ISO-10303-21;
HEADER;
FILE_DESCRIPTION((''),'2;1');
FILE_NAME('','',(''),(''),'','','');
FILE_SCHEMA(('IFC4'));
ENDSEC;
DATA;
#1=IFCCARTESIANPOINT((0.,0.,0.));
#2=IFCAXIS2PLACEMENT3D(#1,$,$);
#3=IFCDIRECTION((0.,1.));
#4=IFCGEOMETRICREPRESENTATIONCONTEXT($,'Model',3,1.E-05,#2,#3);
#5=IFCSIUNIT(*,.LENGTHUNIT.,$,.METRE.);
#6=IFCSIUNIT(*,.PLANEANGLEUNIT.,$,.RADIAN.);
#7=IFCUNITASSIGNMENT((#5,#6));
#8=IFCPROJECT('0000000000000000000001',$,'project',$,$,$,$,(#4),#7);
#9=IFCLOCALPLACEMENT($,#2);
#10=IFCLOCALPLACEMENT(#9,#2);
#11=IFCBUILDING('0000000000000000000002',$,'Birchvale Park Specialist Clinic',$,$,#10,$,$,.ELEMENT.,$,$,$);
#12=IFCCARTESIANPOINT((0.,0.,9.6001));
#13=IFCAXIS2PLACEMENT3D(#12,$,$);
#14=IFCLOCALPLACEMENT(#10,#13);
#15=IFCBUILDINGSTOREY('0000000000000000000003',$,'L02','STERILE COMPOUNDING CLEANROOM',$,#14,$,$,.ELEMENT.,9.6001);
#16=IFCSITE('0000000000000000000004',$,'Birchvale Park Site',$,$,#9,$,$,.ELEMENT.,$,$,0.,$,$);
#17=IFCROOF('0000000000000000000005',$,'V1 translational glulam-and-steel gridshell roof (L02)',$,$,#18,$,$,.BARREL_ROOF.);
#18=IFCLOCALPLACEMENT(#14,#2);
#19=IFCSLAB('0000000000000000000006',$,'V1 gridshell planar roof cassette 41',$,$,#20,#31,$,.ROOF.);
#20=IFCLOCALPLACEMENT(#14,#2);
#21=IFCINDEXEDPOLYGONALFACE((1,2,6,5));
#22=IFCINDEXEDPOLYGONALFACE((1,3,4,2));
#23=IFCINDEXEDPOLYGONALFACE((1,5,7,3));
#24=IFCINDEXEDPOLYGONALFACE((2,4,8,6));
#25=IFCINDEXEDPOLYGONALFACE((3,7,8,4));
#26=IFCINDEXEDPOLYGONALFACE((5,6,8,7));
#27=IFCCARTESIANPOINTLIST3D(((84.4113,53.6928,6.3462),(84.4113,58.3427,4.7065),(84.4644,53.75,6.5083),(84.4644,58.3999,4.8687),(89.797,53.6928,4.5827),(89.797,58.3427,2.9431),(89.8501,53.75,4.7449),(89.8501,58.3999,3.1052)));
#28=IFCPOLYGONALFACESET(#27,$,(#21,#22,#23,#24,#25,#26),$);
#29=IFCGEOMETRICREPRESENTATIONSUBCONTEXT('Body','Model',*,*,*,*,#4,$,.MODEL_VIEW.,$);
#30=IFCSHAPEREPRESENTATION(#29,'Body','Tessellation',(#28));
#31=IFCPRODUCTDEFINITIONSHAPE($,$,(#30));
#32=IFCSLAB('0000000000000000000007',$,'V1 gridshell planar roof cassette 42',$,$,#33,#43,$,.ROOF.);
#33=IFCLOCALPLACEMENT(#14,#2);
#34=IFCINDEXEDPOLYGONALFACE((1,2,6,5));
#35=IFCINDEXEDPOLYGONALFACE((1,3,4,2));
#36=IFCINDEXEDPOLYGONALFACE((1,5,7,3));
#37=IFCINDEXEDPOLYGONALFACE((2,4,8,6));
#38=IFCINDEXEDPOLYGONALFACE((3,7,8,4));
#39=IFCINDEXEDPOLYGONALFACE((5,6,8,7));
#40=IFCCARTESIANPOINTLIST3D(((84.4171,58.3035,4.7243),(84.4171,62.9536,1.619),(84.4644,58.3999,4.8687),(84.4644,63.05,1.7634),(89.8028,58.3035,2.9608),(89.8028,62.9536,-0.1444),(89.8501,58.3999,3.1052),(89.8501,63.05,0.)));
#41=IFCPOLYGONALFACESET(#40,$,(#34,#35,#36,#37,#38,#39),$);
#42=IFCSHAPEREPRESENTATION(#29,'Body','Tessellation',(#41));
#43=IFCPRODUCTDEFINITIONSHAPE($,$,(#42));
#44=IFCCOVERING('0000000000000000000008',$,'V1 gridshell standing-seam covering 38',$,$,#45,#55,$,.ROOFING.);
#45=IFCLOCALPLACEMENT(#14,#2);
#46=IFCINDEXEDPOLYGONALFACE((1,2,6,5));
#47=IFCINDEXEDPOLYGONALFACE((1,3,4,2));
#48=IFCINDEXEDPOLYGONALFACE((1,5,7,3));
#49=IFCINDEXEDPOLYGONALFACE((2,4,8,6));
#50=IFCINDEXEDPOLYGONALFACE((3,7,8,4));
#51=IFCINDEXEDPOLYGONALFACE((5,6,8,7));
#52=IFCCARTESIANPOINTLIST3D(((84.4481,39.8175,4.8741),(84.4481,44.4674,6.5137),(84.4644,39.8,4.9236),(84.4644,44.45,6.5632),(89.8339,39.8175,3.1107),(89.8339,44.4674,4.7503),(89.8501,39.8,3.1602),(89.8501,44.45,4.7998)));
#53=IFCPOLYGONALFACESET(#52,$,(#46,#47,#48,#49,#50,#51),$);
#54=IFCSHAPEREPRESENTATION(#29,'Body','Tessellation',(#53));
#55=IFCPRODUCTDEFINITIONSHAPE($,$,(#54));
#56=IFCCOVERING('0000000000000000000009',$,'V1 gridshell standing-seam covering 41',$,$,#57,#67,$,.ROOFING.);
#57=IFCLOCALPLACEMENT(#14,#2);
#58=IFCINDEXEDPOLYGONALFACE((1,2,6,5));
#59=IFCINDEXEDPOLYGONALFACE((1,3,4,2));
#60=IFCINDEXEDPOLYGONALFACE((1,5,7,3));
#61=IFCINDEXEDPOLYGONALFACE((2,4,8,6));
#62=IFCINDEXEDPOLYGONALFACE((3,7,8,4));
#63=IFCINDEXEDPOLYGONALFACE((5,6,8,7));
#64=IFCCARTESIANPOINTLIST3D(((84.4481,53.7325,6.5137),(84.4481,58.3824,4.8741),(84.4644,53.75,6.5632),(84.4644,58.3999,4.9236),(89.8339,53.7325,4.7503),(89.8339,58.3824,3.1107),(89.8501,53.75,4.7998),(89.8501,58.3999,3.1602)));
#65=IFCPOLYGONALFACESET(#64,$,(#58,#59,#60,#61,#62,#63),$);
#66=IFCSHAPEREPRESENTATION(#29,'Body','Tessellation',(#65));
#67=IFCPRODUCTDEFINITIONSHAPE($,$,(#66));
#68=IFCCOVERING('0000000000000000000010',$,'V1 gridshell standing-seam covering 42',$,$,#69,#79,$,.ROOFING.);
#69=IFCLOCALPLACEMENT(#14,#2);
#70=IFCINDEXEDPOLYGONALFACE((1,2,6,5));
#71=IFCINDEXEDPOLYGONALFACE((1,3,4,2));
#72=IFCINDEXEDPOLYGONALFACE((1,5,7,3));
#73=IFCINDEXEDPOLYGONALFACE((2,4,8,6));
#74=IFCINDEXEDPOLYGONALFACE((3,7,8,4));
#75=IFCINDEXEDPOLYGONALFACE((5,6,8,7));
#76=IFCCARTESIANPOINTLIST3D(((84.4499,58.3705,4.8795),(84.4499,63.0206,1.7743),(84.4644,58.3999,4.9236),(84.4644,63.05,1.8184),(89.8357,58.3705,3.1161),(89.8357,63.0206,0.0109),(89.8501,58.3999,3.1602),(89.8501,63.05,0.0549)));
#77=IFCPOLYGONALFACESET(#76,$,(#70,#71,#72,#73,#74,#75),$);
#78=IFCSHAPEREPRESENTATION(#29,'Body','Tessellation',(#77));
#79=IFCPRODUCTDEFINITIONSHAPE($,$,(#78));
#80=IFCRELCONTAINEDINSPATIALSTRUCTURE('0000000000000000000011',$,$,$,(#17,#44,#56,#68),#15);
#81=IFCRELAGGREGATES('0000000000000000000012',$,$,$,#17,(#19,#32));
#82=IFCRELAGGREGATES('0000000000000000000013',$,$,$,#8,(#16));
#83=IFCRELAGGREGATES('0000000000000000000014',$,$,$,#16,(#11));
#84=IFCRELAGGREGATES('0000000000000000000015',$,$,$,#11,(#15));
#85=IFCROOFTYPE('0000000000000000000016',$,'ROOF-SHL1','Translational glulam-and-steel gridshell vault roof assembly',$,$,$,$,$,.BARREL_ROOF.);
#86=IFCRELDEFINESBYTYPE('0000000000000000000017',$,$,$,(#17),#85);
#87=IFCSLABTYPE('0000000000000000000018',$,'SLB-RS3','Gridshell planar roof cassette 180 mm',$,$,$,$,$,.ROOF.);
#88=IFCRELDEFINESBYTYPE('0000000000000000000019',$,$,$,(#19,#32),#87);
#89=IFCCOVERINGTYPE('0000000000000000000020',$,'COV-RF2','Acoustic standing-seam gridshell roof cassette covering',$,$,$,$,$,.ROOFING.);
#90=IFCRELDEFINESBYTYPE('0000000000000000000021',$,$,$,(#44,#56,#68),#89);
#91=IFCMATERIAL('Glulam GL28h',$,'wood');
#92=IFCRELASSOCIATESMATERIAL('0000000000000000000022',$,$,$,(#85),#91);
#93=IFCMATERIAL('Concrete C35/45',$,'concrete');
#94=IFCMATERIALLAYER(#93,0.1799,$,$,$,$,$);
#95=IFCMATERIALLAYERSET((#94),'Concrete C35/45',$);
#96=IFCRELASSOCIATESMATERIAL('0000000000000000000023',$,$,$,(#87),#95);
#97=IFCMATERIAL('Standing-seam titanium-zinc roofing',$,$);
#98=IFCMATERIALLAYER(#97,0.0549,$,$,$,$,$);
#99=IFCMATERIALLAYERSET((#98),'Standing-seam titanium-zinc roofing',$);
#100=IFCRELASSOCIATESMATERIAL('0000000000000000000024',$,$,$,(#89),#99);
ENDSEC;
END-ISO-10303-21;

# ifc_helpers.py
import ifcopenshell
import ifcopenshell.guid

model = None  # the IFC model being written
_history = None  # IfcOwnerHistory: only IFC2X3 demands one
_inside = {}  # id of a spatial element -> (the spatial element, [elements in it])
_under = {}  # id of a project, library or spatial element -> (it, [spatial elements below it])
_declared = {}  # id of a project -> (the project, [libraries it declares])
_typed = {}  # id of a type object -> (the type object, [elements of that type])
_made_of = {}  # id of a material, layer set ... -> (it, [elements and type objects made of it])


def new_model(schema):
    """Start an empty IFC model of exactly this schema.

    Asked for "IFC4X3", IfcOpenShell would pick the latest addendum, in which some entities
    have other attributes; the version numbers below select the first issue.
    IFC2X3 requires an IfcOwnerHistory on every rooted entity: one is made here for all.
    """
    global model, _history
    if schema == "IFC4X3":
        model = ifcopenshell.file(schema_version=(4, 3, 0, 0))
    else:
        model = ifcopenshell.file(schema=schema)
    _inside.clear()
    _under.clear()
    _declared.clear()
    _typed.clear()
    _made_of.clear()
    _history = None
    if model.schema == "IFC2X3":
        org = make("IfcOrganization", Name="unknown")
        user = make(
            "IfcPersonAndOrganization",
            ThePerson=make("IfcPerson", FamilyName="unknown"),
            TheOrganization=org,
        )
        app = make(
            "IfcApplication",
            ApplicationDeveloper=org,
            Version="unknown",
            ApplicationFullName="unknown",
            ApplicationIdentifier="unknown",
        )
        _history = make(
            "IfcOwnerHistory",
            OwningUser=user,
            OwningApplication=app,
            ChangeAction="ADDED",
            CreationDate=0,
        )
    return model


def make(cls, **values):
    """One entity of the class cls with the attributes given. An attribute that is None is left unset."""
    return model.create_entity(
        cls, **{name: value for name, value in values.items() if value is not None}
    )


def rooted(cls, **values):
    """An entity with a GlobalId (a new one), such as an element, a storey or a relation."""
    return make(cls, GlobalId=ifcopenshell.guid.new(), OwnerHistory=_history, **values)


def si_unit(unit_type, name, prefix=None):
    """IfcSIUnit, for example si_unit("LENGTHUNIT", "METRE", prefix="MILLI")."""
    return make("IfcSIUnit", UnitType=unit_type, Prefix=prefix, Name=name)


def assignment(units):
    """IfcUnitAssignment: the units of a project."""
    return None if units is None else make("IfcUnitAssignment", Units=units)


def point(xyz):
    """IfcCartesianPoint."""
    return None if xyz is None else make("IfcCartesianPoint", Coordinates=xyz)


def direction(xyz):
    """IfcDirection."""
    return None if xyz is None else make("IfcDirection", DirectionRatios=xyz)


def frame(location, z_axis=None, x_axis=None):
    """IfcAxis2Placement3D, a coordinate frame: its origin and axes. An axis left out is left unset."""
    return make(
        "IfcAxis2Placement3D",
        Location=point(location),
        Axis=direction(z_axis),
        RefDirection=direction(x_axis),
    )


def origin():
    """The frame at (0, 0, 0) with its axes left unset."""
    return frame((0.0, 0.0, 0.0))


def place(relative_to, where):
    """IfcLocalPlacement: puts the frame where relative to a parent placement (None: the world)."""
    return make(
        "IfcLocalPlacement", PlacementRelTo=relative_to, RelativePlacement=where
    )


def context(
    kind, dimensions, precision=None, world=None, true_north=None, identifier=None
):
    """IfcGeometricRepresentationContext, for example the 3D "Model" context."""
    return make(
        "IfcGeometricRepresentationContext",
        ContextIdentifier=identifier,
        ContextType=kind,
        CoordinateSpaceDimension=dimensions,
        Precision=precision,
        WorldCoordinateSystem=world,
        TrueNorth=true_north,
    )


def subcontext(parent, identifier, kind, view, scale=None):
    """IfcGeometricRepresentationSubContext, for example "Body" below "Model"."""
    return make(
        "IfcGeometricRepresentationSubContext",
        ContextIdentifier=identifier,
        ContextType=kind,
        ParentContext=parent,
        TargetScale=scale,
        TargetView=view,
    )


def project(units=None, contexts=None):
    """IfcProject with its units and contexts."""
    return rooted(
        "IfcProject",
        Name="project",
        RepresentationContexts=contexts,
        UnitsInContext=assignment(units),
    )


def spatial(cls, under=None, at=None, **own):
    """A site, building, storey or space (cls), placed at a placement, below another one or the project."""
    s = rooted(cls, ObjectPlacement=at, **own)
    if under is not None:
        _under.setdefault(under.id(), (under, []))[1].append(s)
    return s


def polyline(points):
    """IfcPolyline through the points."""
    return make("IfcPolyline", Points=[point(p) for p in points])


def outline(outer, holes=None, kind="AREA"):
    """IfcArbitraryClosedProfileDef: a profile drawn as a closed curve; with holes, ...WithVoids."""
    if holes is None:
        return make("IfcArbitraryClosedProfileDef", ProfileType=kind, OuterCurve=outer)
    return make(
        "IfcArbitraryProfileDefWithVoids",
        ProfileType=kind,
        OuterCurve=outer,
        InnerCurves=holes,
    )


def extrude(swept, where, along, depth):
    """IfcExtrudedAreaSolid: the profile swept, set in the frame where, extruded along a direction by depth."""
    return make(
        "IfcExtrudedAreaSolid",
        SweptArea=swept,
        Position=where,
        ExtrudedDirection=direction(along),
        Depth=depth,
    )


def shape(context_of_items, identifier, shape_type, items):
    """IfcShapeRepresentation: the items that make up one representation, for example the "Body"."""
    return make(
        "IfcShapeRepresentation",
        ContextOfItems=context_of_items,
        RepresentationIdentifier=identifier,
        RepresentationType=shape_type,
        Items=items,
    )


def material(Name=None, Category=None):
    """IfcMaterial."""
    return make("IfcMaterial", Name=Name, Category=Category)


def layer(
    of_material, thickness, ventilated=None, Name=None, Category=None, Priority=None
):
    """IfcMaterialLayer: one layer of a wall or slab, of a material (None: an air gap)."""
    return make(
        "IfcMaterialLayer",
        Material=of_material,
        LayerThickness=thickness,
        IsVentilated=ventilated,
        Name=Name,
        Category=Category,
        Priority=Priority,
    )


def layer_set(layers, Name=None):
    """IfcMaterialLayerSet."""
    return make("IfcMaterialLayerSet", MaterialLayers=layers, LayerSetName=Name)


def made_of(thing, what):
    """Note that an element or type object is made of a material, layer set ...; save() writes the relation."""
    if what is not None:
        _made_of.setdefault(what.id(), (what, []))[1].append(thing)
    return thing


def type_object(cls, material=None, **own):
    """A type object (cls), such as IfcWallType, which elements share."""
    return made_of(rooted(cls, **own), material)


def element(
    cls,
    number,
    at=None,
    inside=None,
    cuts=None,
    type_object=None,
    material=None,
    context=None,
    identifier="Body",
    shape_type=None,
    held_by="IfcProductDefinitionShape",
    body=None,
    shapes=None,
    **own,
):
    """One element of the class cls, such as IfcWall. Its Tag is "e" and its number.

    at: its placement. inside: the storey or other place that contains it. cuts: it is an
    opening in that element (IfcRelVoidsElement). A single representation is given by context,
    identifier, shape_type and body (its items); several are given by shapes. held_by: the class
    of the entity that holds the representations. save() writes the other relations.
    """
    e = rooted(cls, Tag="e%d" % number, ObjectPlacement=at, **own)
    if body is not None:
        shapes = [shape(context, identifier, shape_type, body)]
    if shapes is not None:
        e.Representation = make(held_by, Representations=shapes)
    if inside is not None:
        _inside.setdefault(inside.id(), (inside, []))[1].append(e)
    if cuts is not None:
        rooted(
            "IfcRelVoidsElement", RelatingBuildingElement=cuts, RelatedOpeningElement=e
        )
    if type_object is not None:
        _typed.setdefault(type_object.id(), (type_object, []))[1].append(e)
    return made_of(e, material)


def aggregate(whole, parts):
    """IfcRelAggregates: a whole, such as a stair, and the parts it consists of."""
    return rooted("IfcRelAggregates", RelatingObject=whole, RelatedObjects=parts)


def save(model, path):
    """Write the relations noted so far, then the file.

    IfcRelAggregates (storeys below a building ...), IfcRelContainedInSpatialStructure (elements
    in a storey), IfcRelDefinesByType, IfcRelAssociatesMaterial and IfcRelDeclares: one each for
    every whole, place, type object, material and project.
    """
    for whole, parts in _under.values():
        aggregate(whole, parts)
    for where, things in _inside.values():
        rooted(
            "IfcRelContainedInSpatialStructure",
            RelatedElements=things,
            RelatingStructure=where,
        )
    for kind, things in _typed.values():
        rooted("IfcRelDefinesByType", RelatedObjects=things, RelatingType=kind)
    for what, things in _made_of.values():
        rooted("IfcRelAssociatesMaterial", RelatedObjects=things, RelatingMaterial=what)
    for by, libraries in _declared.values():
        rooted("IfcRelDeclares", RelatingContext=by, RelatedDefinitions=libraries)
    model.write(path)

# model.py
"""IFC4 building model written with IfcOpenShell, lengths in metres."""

from ifc_helpers import new_model, si_unit, direction, frame, origin, place, context, subcontext, project, spatial, polyline, outline, extrude, material, layer, layer_set, type_object, element, aggregate, save


model = new_model("IFC4")

# Units and contexts
model_context = context("Model", 3, precision=1e-05, world=origin(), true_north=direction((0.0, 1.0)))
body_context = subcontext(model_context, "Body", "Model", "MODEL_VIEW")
ifc_project = project(units=[si_unit("LENGTHUNIT", "METRE"), si_unit("PLANEANGLEUNIT", "RADIAN")], contexts=[model_context])

# Site, building, storey
site_placement = place(None, origin())
site = spatial("IfcSite", under=ifc_project, at=site_placement, Name="Birchvale Park Site", CompositionType="ELEMENT", RefElevation=0.0)
building_placement = place(site_placement, origin())
building = spatial("IfcBuilding", under=site, at=building_placement, Name="Birchvale Park Specialist Clinic", CompositionType="ELEMENT")
storey_placement = place(building_placement, frame((0.0, 0.0, 9.6001)))
storey = spatial("IfcBuildingStorey", under=building, at=storey_placement, Name="L02", Description="STERILE COMPOUNDING CLEANROOM", CompositionType="ELEMENT", Elevation=9.6001)

# Shared definitions
ifc_material_1 = material(Name="Glulam GL28h", Category="wood")

# Roof, slabs
roof_type = type_object("IfcRoofType", Name="ROOF-SHL1", Description="Translational glulam-and-steel gridshell vault roof assembly", PredefinedType="BARREL_ROOF", material=ifc_material_1)
roof_placement = place(storey_placement, origin())
roof = element("IfcRoof", 1, at=roof_placement, inside=storey, type_object=roof_type, Name="V1 translational glulam-and-steel gridshell roof (L02)", PredefinedType="BARREL_ROOF")
ifc_material_2 = material(Name="Concrete C35/45", Category="concrete")
ifc_layer_1 = layer(ifc_material_2, 0.1799)
ifc_layer_set_1 = layer_set([ifc_layer_1], Name="Concrete C35/45")
slab_type = type_object("IfcSlabType", Name="SLB-RS3", Description="Gridshell planar roof cassette 180 mm", PredefinedType="ROOF", material=ifc_layer_set_1)
slab_1_placement = place(storey_placement, frame((84.4644, 53.75, 6.5083), z_axis=(0.295044, 0.317747, 0.901103), x_axis=(0.950354, 0.0, -0.31117)))
slab_1 = element("IfcSlab", 2, at=slab_1_placement, type_object=slab_type, Name="V1 gridshell planar roof cassette 41", PredefinedType="ROOF", context=body_context, shape_type="SweptSolid", body=[
    extrude(outline(polyline([(0.0, 0.0), (5.6671, 0.0), (6.1773, 4.9041), (0.5102, 4.9041), (0.0, 0.0)])), origin(), (0.0, 0.0, -1.0), 0.1799),
])
slab_2_placement = place(storey_placement, frame((84.4644, 58.3999, 4.8687), z_axis=(0.26273, 0.535826, 0.802411), x_axis=(0.950354, 0.0, -0.31117)))
slab_2 = element("IfcSlab", 3, at=slab_2_placement, type_object=slab_type, Name="V1 gridshell planar roof cassette 42", PredefinedType="ROOF", context=body_context, shape_type="SweptSolid", body=[
    extrude(outline(polyline([(0.0, 0.0), (5.6671, 0.0), (6.6333, 5.5075), (0.9663, 5.5075), (0.0, 0.0)])), origin(), (0.0, 0.0, -1.0), 0.1799),
])
aggregate(roof, [slab_1, slab_2])

# Coverings
ifc_material_3 = material(Name="Standing-seam titanium-zinc roofing")
ifc_layer_2 = layer(ifc_material_3, 0.0549)
ifc_layer_set_2 = layer_set([ifc_layer_2], Name="Standing-seam titanium-zinc roofing")
covering_type = type_object("IfcCoveringType", Name="COV-RF2", Description="Acoustic standing-seam gridshell roof cassette covering", PredefinedType="ROOFING", material=ifc_layer_set_2)
covering_1_placement = place(storey_placement, frame((84.4644, 39.8, 4.9236), z_axis=(0.295044, -0.317747, 0.901103), x_axis=(0.950354, 0.0, -0.31117)))
element("IfcCovering", 4, at=covering_1_placement, inside=storey, type_object=covering_type, Name="V1 gridshell standing-seam covering 38", PredefinedType="ROOFING", context=body_context, shape_type="SweptSolid", body=[
    extrude(outline(polyline([(0.0, 0.0), (5.6671, 0.0), (5.1569, 4.9041), (-0.5102, 4.9041), (0.0, 0.0)])), origin(), (0.0, 0.0, -1.0), 0.0549),
])
covering_2_placement = place(storey_placement, frame((84.4644, 53.75, 6.5632), z_axis=(0.295044, 0.317747, 0.901103), x_axis=(0.950354, 0.0, -0.31117)))
element("IfcCovering", 5, at=covering_2_placement, inside=storey, type_object=covering_type, Name="V1 gridshell standing-seam covering 41", PredefinedType="ROOFING", context=body_context, shape_type="SweptSolid", body=[
    extrude(outline(polyline([(0.0, 0.0), (5.6671, 0.0), (6.1773, 4.9041), (0.5102, 4.9041), (0.0, 0.0)])), origin(), (0.0, 0.0, -1.0), 0.0549),
])
covering_3_placement = place(storey_placement, frame((84.4644, 58.3999, 4.9236), z_axis=(0.26273, 0.535826, 0.802411), x_axis=(0.950354, 0.0, -0.31117)))
element("IfcCovering", 6, at=covering_3_placement, inside=storey, type_object=covering_type, Name="V1 gridshell standing-seam covering 42", PredefinedType="ROOFING", context=body_context, shape_type="SweptSolid", body=[
    extrude(outline(polyline([(0.0, 0.0), (5.6671, 0.0), (6.6333, 5.5075), (0.9663, 5.5075), (0.0, 0.0)])), origin(), (0.0, 0.0, -1.0), 0.0549),
])

save(model, "model.ifc")
